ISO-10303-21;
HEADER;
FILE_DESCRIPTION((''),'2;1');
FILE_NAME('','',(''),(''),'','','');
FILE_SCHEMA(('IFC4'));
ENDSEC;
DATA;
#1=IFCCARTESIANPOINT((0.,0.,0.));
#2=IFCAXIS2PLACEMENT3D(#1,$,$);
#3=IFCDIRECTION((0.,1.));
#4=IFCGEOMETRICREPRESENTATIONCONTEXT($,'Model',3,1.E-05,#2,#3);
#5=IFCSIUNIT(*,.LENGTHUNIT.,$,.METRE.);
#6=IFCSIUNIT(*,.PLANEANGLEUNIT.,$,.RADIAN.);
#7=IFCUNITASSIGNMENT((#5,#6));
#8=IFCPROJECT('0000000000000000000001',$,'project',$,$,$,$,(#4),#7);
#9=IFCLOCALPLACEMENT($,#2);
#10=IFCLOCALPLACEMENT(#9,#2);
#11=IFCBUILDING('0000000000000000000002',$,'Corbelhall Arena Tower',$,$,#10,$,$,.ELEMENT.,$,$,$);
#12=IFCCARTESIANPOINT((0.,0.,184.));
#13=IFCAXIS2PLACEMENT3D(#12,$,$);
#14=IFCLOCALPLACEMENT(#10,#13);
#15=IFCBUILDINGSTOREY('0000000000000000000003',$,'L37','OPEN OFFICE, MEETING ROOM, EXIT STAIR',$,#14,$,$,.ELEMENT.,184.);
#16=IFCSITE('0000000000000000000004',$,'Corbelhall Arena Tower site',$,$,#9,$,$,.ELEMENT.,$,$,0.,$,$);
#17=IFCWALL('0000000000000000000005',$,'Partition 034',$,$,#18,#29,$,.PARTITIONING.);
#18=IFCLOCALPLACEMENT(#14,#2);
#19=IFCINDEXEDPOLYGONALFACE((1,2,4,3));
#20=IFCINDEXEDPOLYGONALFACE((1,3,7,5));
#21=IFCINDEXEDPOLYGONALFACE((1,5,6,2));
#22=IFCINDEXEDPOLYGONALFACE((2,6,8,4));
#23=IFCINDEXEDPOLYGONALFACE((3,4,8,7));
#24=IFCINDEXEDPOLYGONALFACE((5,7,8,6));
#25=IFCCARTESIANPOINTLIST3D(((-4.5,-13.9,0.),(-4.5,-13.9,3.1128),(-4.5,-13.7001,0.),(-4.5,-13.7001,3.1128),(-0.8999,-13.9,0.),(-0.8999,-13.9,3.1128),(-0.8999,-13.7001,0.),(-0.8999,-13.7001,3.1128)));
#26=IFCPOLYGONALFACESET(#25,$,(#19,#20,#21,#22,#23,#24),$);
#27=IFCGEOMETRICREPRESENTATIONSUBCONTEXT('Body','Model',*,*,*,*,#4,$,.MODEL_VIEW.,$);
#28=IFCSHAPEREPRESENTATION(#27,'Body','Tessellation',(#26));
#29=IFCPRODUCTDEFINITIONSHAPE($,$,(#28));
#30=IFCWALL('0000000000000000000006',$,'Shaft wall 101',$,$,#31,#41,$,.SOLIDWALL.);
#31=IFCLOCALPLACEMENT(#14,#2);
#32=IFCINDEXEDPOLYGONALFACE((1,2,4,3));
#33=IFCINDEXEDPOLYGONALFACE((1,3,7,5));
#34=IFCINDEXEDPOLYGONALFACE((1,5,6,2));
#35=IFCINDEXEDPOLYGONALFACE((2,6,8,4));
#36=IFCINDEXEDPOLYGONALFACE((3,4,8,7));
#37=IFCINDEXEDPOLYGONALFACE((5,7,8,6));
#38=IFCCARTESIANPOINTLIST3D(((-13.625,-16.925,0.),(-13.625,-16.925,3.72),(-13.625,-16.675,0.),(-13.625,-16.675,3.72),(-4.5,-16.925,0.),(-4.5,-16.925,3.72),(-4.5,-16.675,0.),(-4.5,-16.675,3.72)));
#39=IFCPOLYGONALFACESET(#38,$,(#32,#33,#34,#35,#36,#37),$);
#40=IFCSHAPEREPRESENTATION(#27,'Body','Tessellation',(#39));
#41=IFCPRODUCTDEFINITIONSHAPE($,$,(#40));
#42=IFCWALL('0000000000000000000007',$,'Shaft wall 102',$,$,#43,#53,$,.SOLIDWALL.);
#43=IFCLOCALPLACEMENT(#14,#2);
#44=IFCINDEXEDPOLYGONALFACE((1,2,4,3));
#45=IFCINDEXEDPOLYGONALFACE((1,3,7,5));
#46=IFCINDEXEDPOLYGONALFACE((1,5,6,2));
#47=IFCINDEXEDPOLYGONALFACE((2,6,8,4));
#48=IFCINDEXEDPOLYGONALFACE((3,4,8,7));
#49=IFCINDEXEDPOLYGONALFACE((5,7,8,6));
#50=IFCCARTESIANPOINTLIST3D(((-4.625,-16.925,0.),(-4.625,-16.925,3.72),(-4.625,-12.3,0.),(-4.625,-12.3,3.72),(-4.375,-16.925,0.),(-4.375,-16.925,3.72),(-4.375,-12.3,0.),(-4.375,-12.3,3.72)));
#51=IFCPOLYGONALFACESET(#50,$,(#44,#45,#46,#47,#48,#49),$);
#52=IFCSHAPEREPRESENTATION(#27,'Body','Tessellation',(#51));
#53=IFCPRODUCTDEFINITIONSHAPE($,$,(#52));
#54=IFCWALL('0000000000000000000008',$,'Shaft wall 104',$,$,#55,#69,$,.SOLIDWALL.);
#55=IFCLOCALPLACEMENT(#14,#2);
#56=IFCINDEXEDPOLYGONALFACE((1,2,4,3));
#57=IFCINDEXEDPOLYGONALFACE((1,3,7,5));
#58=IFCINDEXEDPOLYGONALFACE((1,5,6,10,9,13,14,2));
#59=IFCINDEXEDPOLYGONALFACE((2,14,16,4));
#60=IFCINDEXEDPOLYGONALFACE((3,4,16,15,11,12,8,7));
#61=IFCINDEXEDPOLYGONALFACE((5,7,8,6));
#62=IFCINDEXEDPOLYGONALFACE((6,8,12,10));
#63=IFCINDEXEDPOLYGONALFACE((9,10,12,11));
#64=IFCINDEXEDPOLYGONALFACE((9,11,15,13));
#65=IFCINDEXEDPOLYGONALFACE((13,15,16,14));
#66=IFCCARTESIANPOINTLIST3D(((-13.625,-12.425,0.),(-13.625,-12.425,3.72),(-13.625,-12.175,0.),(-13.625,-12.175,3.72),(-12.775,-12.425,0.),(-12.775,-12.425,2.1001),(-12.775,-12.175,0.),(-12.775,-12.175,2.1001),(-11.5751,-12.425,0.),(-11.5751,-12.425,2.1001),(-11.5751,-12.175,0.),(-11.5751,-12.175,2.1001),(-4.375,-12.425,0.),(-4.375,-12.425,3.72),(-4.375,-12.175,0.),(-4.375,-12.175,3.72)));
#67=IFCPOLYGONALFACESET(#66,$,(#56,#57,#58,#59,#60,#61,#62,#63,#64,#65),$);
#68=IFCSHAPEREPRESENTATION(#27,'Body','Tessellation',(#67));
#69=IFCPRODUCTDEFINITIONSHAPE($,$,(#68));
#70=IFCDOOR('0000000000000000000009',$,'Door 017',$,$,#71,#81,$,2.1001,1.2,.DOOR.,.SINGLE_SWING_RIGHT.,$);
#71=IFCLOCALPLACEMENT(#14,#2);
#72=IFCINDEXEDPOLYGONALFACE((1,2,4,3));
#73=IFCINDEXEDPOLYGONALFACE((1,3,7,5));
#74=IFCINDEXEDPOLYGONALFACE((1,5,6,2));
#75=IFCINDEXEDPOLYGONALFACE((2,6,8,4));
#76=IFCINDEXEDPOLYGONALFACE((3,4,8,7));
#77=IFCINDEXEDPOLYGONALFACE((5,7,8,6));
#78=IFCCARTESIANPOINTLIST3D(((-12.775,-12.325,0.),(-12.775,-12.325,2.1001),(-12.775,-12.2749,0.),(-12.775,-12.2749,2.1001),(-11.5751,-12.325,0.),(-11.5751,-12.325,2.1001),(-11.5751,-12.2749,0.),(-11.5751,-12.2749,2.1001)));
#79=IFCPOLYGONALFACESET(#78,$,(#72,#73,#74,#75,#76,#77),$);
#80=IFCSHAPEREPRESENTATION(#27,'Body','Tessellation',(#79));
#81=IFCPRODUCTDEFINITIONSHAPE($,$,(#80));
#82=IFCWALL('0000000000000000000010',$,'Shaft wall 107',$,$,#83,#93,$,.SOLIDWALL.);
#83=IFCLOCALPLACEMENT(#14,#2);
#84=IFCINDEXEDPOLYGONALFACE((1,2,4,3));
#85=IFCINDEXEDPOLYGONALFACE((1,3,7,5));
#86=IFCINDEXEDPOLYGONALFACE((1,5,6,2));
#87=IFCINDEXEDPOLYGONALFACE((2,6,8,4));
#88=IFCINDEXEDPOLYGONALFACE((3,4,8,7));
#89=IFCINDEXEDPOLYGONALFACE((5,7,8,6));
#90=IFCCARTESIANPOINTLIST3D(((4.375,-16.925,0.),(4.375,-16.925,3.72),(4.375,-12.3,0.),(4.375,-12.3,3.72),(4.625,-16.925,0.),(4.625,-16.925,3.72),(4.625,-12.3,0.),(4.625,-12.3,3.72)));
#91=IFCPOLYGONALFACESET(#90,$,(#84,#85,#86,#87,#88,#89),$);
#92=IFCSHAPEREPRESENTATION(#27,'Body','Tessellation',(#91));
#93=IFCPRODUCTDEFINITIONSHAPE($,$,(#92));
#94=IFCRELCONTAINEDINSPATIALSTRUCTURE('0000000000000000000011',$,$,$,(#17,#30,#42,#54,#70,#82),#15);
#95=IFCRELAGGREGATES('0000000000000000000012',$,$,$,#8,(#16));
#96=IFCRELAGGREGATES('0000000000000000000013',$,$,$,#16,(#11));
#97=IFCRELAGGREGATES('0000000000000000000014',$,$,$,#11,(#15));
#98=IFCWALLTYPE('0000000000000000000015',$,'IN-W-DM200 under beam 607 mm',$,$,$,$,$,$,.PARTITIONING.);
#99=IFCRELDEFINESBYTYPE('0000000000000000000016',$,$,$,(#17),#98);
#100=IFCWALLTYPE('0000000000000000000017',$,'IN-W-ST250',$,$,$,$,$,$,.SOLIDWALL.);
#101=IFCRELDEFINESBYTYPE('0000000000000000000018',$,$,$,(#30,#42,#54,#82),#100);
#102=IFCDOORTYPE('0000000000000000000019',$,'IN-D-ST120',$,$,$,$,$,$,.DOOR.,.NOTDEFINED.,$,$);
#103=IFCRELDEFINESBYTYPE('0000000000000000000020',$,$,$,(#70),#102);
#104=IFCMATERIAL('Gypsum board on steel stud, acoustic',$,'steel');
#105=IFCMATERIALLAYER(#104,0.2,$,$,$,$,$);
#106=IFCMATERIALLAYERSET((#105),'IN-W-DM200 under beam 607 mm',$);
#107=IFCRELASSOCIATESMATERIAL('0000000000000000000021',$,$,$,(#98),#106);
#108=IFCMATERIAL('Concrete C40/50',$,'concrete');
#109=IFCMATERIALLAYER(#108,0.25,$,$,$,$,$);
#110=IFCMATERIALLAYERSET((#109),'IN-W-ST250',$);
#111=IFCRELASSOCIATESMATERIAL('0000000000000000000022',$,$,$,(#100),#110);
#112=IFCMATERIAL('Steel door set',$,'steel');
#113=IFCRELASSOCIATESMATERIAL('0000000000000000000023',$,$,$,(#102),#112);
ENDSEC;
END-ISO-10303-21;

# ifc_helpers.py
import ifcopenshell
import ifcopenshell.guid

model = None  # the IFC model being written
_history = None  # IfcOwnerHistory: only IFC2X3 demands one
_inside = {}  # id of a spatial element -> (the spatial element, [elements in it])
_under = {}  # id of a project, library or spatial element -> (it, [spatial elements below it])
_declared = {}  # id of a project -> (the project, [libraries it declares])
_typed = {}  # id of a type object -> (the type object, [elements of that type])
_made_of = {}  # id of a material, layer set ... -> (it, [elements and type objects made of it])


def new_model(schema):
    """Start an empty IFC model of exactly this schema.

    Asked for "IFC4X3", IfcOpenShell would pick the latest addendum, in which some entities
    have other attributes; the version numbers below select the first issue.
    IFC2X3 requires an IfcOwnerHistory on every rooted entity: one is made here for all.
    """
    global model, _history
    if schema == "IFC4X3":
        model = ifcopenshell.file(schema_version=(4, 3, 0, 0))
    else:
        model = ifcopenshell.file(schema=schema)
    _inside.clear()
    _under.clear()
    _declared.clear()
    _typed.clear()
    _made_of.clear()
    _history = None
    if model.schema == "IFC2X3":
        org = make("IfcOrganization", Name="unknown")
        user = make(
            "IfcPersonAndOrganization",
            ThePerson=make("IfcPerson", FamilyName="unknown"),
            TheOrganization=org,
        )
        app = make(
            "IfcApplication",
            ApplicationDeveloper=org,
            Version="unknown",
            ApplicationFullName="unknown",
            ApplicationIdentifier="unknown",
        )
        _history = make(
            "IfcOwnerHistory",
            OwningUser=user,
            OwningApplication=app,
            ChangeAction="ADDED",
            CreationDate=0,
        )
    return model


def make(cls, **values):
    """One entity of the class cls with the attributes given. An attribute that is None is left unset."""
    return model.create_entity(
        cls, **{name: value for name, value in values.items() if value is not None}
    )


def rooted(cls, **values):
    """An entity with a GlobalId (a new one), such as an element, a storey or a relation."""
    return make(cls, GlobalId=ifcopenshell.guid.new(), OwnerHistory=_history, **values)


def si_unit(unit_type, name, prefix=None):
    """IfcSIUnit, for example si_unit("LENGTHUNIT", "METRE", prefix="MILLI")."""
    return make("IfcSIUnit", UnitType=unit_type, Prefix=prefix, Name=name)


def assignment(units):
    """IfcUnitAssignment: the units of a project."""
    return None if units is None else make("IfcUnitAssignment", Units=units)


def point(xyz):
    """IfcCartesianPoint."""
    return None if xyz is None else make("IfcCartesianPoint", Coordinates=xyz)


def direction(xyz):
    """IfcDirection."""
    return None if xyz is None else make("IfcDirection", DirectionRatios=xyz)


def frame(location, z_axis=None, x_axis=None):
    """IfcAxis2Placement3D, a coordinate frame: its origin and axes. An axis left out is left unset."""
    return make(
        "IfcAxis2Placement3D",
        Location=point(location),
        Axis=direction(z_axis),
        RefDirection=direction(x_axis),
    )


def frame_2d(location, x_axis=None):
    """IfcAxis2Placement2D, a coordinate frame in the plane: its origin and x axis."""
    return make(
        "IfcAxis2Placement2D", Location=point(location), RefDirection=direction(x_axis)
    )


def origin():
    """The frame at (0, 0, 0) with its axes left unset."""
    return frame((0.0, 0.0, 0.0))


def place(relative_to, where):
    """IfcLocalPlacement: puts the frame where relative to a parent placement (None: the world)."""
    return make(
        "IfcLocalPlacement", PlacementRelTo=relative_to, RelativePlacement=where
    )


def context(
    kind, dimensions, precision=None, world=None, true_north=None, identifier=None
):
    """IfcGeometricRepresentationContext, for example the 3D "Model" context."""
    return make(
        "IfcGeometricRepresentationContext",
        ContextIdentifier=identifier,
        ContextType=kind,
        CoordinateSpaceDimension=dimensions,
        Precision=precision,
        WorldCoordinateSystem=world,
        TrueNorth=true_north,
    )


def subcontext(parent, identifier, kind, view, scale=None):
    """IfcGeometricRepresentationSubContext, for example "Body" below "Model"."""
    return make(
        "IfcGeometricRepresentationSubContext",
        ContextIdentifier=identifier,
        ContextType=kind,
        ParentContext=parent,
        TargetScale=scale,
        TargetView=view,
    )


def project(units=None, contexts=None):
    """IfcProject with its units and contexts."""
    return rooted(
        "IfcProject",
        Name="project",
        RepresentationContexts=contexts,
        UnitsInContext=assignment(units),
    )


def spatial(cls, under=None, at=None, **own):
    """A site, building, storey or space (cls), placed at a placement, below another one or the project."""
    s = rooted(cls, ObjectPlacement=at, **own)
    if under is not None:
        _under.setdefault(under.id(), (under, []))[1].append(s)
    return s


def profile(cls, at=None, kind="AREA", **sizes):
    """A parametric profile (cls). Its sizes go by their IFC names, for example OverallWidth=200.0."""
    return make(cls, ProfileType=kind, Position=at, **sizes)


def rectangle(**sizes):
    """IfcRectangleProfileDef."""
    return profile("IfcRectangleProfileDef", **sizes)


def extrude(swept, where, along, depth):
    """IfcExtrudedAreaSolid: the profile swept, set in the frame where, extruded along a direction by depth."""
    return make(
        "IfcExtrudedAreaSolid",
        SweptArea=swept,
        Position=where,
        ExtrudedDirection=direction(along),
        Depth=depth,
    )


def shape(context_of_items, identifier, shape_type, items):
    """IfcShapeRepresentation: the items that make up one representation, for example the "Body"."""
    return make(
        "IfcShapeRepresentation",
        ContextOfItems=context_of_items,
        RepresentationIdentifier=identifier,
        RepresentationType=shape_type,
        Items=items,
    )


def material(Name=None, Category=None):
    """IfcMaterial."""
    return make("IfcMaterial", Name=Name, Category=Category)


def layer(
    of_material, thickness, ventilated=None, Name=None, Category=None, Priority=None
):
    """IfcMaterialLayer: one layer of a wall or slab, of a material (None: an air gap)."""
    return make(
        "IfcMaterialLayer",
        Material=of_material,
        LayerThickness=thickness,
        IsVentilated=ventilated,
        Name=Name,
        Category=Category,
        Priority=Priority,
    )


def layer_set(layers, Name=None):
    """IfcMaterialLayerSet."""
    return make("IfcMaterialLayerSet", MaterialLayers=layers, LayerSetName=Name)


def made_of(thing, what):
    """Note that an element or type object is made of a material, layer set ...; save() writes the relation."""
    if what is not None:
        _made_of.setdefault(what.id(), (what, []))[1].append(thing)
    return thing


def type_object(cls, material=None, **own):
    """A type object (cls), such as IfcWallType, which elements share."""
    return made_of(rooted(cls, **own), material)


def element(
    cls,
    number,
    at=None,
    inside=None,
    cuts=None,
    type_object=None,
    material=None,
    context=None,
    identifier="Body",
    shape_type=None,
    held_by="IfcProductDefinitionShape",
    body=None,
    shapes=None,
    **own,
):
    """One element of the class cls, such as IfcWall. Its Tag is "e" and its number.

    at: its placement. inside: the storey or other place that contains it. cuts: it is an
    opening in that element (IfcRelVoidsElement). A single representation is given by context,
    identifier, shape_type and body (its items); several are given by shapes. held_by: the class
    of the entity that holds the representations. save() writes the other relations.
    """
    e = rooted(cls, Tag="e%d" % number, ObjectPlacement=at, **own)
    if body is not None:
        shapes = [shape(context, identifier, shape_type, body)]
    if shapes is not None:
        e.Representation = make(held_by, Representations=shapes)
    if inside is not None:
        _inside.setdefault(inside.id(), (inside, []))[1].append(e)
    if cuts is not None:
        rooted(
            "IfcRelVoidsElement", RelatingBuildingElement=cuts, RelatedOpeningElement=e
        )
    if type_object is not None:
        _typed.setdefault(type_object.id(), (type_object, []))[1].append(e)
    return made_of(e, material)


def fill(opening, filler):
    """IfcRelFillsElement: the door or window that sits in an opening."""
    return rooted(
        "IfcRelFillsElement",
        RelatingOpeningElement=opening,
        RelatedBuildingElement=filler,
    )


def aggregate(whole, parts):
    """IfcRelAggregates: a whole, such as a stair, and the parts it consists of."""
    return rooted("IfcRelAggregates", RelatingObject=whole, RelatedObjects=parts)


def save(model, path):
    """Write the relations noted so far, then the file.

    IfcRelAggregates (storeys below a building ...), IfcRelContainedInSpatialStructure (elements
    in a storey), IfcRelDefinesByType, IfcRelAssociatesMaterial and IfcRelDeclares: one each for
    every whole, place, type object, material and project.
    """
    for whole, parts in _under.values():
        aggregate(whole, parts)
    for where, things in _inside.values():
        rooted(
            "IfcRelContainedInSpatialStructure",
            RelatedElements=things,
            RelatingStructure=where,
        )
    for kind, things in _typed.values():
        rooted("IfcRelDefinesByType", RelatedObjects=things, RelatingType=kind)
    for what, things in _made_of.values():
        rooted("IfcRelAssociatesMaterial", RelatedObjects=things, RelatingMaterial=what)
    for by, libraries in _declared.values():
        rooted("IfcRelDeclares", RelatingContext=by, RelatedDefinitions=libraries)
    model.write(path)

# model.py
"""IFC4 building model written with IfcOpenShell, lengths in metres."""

from ifc_helpers import new_model, si_unit, direction, frame, frame_2d, origin, place, context, subcontext, project, spatial, rectangle, extrude, material, layer, layer_set, type_object, element, fill, save


model = new_model("IFC4")

# Units and contexts
model_context = context("Model", 3, precision=1e-05, world=origin(), true_north=direction((0.0, 1.0)))
body_context = subcontext(model_context, "Body", "Model", "MODEL_VIEW")
ifc_project = project(units=[si_unit("LENGTHUNIT", "METRE"), si_unit("PLANEANGLEUNIT", "RADIAN")], contexts=[model_context])

# Site, building, storey
site_placement = place(None, origin())
site = spatial("IfcSite", under=ifc_project, at=site_placement, Name="Corbelhall Arena Tower site", CompositionType="ELEMENT", RefElevation=0.0)
building_placement = place(site_placement, origin())
building = spatial("IfcBuilding", under=site, at=building_placement, Name="Corbelhall Arena Tower", CompositionType="ELEMENT")
storey_placement = place(building_placement, frame((0.0, 0.0, 184.0)))
storey = spatial("IfcBuildingStorey", under=building, at=storey_placement, Name="L37", Description="OPEN OFFICE, MEETING ROOM, EXIT STAIR", CompositionType="ELEMENT", Elevation=184.0)

# Walls
ifc_material_1 = material(Name="Gypsum board on steel stud, acoustic", Category="steel")
ifc_layer_1 = layer(ifc_material_1, 0.2)
ifc_layer_set_1 = layer_set([ifc_layer_1], Name="IN-W-DM200 under beam 607 mm")
wall_type_1 = type_object("IfcWallType", Name="IN-W-DM200 under beam 607 mm", PredefinedType="PARTITIONING", material=ifc_layer_set_1)
wall_1_placement = place(storey_placement, frame((-0.8999, -13.8, 0.0), z_axis=(0.0, 0.0, 1.0), x_axis=(-1.0, 0.0, 0.0)))
element("IfcWall", 1, at=wall_1_placement, inside=storey, type_object=wall_type_1, Name="Partition 034", PredefinedType="PARTITIONING", context=body_context, shape_type="SweptSolid", body=[
    extrude(rectangle(XDim=3.6001, YDim=0.2, at=frame_2d((1.8, 0.0))), origin(), (0.0, 0.0, 1.0), 3.1128),
])
ifc_material_2 = material(Name="Concrete C40/50", Category="concrete")
ifc_layer_2 = layer(ifc_material_2, 0.25)
ifc_layer_set_2 = layer_set([ifc_layer_2], Name="IN-W-ST250")
wall_type_2 = type_object("IfcWallType", Name="IN-W-ST250", PredefinedType="SOLIDWALL", material=ifc_layer_set_2)
wall_2_placement = place(storey_placement, frame((-4.5, -16.8, 0.0), z_axis=(0.0, 0.0, 1.0), x_axis=(-1.0, 0.0, 0.0)))
element("IfcWall", 2, at=wall_2_placement, inside=storey, type_object=wall_type_2, Name="Shaft wall 101", PredefinedType="SOLIDWALL", context=body_context, shape_type="SweptSolid", body=[
    extrude(rectangle(XDim=9.125, YDim=0.25, at=frame_2d((4.5625, 0.0))), origin(), (0.0, 0.0, 1.0), 3.72),
])
wall_3_placement = place(storey_placement, frame((-4.5, -12.3, 0.0), z_axis=(0.0, 0.0, 1.0), x_axis=(0.0, -1.0, 0.0)))
element("IfcWall", 3, at=wall_3_placement, inside=storey, type_object=wall_type_2, Name="Shaft wall 102", PredefinedType="SOLIDWALL", context=body_context, shape_type="SweptSolid", body=[
    extrude(rectangle(XDim=4.625, YDim=0.25, at=frame_2d((2.3125, 0.0))), origin(), (0.0, 0.0, 1.0), 3.72),
])

# Wall, opening, door
wall_4_placement = place(storey_placement, frame((-4.375, -12.3, 0.0), z_axis=(0.0, 0.0, 1.0), x_axis=(-1.0, 0.0, 0.0)))
wall_4 = element("IfcWall", 4, at=wall_4_placement, inside=storey, type_object=wall_type_2, Name="Shaft wall 104", PredefinedType="SOLIDWALL", context=body_context, shape_type="SweptSolid", body=[
    extrude(rectangle(XDim=9.25, YDim=0.25, at=frame_2d((4.625, 0.0))), origin(), (0.0, 0.0, 1.0), 3.72),
])
opening_1_placement = place(wall_4_placement, frame((7.2, 0.0, 0.0)))
opening_1 = element("IfcOpeningElement", 5, at=opening_1_placement, cuts=wall_4, PredefinedType="OPENING", context=body_context, shape_type="SweptSolid", body=[
    extrude(rectangle(XDim=1.2, YDim=2.1001, at=frame_2d((0.6001, 1.05))), frame((0.0, 0.125, 0.0), z_axis=(0.0, -1.0, 0.0), x_axis=(1.0, 0.0, 0.0)), (0.0, 0.0, 1.0), 0.25),
])
ifc_material_3 = material(Name="Steel door set", Category="steel")
door_type_1 = type_object("IfcDoorType", Name="IN-D-ST120", OperationType="NOTDEFINED", PredefinedType="DOOR", material=ifc_material_3)
door_1_placement = place(opening_1_placement, origin())
door_1 = element("IfcDoor", 6, at=door_1_placement, inside=storey, type_object=door_type_1, Name="Door 017", OperationType="SINGLE_SWING_RIGHT", OverallHeight=2.1001, OverallWidth=1.2, PredefinedType="DOOR", context=body_context, shape_type="SweptSolid", body=[
    extrude(rectangle(XDim=1.2, YDim=2.1001, at=frame_2d((0.6001, 1.05))), frame((0.0, 0.0249, 0.0), z_axis=(0.0, -1.0, 0.0), x_axis=(1.0, 0.0, 0.0)), (0.0, 0.0, 1.0), 0.05),
])
fill(opening_1, door_1)

# Wall
wall_5_placement = place(storey_placement, frame((4.5, -16.925, 0.0), z_axis=(0.0, 0.0, 1.0), x_axis=(0.0, 1.0, 0.0)))
element("IfcWall", 7, at=wall_5_placement, inside=storey, type_object=wall_type_2, Name="Shaft wall 107", PredefinedType="SOLIDWALL", context=body_context, shape_type="SweptSolid", body=[
    extrude(rectangle(XDim=4.625, YDim=0.25, at=frame_2d((2.3125, 0.0))), origin(), (0.0, 0.0, 1.0), 3.72),
])

save(model, "model.ifc")
